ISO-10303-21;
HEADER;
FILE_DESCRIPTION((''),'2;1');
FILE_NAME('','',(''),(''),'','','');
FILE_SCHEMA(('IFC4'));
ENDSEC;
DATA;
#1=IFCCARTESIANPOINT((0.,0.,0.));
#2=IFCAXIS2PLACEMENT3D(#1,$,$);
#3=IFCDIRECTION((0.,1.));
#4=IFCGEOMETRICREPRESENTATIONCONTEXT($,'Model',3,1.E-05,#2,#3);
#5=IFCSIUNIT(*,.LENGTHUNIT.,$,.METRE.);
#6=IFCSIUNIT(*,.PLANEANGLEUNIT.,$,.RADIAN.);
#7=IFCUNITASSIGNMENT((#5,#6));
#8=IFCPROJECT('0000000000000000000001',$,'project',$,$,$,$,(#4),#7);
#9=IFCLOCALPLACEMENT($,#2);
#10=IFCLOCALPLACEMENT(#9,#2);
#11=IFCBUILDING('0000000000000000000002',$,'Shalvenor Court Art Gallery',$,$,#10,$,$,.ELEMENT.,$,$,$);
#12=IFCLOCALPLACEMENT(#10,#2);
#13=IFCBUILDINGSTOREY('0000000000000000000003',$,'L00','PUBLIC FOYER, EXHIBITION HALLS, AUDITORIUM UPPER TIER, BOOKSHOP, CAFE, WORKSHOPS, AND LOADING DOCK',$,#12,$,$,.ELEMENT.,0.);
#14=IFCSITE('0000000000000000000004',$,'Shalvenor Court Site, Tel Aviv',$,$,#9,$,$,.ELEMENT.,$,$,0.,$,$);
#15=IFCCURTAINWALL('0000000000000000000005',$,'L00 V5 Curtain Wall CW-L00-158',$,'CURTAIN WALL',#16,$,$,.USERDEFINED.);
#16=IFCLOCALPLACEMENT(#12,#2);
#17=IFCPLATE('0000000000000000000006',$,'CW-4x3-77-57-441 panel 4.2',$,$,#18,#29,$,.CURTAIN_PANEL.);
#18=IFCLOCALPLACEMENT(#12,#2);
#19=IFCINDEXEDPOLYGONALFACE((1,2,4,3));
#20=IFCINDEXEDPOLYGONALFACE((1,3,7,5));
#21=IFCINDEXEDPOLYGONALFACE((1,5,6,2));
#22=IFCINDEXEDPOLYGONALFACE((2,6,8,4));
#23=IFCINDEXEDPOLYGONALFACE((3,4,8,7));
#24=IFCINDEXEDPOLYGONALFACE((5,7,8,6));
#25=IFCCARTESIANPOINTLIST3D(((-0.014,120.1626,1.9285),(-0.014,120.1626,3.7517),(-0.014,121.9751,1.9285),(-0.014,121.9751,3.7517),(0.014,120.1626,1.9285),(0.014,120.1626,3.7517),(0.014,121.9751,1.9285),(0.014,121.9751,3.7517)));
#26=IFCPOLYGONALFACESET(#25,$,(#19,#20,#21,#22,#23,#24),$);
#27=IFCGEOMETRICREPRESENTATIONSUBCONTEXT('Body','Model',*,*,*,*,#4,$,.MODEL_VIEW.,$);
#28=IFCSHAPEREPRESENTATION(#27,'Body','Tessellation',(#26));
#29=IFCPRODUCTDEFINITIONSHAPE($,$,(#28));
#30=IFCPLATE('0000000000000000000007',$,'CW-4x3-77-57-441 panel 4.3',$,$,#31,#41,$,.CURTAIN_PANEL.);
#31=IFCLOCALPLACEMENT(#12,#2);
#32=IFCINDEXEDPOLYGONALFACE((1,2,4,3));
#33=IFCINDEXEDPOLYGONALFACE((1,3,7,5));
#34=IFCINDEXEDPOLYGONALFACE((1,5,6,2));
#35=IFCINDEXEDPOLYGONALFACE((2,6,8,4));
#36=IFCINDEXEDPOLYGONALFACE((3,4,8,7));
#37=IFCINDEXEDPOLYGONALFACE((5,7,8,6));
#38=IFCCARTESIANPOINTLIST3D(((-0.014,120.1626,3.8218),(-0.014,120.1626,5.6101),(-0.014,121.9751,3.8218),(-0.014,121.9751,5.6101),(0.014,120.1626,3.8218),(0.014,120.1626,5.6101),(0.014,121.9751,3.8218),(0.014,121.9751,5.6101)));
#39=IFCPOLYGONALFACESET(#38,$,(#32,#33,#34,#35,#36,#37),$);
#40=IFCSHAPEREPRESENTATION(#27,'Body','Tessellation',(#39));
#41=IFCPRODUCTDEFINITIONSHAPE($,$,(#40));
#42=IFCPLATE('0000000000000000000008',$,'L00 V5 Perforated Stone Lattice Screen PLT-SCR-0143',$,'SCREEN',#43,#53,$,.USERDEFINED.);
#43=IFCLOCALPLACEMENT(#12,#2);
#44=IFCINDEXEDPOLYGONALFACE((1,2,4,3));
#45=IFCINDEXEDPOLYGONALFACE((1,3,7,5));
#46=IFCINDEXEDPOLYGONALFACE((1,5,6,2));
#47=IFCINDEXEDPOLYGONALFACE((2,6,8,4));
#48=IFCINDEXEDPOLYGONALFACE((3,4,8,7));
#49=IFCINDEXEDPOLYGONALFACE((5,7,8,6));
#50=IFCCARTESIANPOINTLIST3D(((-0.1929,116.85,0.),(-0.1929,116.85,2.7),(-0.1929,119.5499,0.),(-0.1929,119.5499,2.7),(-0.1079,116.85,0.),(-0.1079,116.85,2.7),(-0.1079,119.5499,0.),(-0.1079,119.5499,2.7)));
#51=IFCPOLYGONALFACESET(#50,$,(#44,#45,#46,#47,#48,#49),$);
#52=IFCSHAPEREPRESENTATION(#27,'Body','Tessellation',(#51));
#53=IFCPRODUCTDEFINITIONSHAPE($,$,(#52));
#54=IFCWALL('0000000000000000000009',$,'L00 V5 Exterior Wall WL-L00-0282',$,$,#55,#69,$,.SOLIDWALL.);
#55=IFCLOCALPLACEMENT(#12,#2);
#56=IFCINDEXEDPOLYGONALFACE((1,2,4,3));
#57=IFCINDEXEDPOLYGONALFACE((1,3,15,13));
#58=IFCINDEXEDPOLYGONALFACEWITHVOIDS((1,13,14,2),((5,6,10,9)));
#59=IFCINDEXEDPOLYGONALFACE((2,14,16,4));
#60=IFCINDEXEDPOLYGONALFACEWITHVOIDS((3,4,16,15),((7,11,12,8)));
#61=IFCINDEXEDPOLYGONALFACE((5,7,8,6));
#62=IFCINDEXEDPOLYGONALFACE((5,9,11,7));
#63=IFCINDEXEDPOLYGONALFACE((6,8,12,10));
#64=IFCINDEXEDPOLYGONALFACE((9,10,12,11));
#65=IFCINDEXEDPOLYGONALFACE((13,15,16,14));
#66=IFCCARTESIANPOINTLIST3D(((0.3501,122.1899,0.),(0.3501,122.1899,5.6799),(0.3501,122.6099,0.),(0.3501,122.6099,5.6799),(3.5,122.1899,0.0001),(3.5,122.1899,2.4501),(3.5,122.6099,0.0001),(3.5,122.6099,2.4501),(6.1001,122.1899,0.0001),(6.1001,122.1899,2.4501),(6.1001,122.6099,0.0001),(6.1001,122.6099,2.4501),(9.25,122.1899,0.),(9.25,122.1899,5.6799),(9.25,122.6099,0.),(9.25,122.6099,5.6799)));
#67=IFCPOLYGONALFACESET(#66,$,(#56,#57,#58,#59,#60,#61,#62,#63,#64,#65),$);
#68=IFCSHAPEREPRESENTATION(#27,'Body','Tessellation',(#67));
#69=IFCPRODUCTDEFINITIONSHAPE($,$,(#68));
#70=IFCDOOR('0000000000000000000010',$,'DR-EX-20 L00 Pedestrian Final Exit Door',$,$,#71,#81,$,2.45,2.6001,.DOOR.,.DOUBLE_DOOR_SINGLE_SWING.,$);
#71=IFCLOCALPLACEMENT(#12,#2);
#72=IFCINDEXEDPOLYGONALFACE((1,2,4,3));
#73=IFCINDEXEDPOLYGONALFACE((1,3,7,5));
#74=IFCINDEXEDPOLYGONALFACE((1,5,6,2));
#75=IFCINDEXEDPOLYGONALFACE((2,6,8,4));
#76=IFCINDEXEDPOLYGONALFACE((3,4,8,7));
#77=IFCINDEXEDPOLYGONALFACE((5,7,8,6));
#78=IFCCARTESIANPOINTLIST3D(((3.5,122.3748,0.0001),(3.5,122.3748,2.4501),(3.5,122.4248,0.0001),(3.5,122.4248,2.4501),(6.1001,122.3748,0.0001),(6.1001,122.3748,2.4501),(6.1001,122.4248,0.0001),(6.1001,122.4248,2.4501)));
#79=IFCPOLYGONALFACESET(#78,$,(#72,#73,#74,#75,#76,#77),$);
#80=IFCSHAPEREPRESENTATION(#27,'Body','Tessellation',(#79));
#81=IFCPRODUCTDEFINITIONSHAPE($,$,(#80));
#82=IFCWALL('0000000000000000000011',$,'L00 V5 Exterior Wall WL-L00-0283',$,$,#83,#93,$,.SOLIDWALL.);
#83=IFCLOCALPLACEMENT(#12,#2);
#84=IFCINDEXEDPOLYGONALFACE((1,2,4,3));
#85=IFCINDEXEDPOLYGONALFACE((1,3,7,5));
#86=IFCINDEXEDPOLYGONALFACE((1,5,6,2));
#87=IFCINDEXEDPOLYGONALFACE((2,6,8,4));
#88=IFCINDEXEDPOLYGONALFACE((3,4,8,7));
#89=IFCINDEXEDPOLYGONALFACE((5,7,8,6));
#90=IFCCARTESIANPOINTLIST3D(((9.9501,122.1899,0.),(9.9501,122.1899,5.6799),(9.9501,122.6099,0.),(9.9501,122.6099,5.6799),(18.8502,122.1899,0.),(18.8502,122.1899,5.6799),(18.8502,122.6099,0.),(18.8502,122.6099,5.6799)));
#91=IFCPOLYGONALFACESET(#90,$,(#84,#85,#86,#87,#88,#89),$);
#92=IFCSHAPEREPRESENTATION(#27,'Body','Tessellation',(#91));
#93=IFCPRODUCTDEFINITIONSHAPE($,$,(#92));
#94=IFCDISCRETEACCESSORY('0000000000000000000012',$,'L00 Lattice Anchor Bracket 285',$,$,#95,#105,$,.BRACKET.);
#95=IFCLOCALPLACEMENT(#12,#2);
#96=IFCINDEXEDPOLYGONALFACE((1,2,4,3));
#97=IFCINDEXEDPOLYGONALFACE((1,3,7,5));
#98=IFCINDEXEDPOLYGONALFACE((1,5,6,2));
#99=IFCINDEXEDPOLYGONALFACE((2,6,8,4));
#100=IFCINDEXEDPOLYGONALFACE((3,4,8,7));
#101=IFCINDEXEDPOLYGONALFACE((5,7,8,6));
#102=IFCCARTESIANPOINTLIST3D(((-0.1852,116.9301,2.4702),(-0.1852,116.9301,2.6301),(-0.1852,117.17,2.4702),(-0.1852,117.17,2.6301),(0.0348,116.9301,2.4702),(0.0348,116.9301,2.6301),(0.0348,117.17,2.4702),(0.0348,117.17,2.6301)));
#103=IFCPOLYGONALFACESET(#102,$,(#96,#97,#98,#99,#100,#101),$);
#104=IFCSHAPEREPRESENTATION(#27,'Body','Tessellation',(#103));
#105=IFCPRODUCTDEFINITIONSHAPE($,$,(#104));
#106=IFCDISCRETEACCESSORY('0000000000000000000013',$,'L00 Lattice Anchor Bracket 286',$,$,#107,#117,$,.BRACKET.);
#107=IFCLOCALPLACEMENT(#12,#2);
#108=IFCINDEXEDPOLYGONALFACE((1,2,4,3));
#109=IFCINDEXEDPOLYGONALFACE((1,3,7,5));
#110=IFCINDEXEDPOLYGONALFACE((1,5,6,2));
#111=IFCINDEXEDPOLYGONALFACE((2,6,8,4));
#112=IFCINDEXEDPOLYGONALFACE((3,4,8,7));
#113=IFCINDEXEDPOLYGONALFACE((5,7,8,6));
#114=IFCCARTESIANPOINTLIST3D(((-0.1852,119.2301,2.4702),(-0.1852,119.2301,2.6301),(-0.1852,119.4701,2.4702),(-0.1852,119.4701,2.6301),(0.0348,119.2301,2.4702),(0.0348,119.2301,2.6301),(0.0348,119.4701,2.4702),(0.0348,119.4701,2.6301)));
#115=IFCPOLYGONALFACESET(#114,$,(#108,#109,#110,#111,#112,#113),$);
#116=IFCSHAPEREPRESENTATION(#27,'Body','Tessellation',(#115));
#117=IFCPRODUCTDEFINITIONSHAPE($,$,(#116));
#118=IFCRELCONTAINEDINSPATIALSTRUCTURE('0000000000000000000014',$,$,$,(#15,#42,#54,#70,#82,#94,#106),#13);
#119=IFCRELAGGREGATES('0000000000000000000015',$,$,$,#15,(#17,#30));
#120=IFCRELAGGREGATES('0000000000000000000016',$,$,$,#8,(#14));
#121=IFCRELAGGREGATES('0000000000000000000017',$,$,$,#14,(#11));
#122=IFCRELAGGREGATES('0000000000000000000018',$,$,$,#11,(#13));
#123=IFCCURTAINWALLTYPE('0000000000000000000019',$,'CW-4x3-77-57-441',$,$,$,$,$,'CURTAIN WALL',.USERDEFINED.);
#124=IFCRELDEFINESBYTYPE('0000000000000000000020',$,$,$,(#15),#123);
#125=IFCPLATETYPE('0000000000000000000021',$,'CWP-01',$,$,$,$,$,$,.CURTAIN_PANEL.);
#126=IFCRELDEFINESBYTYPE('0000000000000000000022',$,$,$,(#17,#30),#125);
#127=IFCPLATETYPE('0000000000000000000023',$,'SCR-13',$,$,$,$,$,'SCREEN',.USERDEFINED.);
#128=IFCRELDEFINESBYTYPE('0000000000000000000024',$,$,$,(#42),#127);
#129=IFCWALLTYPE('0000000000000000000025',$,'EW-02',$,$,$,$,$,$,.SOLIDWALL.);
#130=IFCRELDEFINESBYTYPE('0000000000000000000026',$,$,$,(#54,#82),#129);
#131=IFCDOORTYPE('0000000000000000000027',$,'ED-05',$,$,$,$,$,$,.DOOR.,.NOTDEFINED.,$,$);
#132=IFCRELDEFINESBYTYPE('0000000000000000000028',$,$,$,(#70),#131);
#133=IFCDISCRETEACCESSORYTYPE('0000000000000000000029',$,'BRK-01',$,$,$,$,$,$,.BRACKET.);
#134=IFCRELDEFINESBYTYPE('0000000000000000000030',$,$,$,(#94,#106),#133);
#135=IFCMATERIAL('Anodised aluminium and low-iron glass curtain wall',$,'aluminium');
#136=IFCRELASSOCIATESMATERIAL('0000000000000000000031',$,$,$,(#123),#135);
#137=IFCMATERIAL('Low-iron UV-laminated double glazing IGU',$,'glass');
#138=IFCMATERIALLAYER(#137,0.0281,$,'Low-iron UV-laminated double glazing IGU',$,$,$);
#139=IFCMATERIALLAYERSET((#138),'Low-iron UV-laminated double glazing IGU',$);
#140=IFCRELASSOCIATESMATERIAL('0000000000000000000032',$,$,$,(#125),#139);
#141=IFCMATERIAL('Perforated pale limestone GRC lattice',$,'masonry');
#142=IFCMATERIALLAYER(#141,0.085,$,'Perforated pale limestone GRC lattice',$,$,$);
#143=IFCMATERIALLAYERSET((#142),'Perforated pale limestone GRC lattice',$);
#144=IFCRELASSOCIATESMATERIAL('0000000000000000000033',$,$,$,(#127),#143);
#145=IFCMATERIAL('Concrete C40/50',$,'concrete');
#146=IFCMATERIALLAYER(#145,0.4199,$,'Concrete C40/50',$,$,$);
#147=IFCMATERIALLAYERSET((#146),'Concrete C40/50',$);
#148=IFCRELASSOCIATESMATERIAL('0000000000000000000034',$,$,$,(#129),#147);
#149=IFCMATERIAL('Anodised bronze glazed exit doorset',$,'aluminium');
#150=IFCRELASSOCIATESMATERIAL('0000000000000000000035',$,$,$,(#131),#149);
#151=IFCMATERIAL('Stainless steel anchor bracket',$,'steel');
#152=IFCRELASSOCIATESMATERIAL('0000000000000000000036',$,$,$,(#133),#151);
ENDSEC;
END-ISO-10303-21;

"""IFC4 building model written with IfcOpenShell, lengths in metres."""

from ifc_helpers import new_model, si_unit, direction, frame, frame_2d, origin, origin_2d, place, context, subcontext, project, spatial, rectangle, extrude, material, layer, layer_set, type_object, element, fill, aggregate, save


model = new_model("IFC4")

# Units and contexts
model_context = context("Model", 3, precision=1e-05, world=origin(), true_north=direction((0.0, 1.0)))
body_context = subcontext(model_context, "Body", "Model", "MODEL_VIEW")
ifc_project = project(units=[si_unit("LENGTHUNIT", "METRE"), si_unit("PLANEANGLEUNIT", "RADIAN")], contexts=[model_context])

# Site, building, storey
site_placement = place(None, origin())
site = spatial("IfcSite", under=ifc_project, at=site_placement, Name="Shalvenor Court Site, Tel Aviv", CompositionType="ELEMENT", RefElevation=0.0)
building_placement = place(site_placement, origin())
building = spatial("IfcBuilding", under=site, at=building_placement, Name="Shalvenor Court Art Gallery", CompositionType="ELEMENT")
storey_placement = place(building_placement, origin())
storey = spatial("IfcBuildingStorey", under=building, at=storey_placement, Name="L00", Description="PUBLIC FOYER, EXHIBITION HALLS, AUDITORIUM UPPER TIER, BOOKSHOP, CAFE, WORKSHOPS, AND LOADING DOCK", CompositionType="ELEMENT", Elevation=0.0)

# Curtain wall
ifc_material_1 = material(Name="Anodised aluminium and low-iron glass curtain wall", Category="aluminium")
curtain_wall_type = type_object("IfcCurtainWallType", Name="CW-4x3-77-57-441", ElementType="CURTAIN WALL", PredefinedType="USERDEFINED", material=ifc_material_1)
curtain_wall_placement = place(storey_placement, origin())
curtain_wall = element("IfcCurtainWall", 1, at=curtain_wall_placement, inside=storey, type_object=curtain_wall_type, Name="L00 V5 Curtain Wall CW-L00-158", ObjectType="CURTAIN WALL", PredefinedType="USERDEFINED")

# Plates
ifc_material_2 = material(Name="Low-iron UV-laminated double glazing IGU", Category="glass")
ifc_layer_1 = layer(ifc_material_2, 0.0281, Name="Low-iron UV-laminated double glazing IGU")
ifc_layer_set_1 = layer_set([ifc_layer_1], Name="Low-iron UV-laminated double glazing IGU")
plate_type_1 = type_object("IfcPlateType", Name="CWP-01", PredefinedType="CURTAIN_PANEL", material=ifc_layer_set_1)
plate_1_placement = place(storey_placement, frame((0.0, 121.0688, 1.9285), z_axis=(0.0, 0.0, 1.0), x_axis=(0.0, 1.0, 0.0)))
plate_1 = element("IfcPlate", 2, at=plate_1_placement, type_object=plate_type_1, Name="CW-4x3-77-57-441 panel 4.2", PredefinedType="CURTAIN_PANEL", context=body_context, shape_type="SweptSolid", body=[
    extrude(rectangle(XDim=1.8125, YDim=0.0281, at=origin_2d()), origin(), (0.0, 0.0, 1.0), 1.8232),
])
plate_2_placement = place(storey_placement, frame((0.0, 121.0688, 3.8218), z_axis=(0.0, 0.0, 1.0), x_axis=(0.0, 1.0, 0.0)))
plate_2 = element("IfcPlate", 3, at=plate_2_placement, type_object=plate_type_1, Name="CW-4x3-77-57-441 panel 4.3", PredefinedType="CURTAIN_PANEL", context=body_context, shape_type="SweptSolid", body=[
    extrude(rectangle(XDim=1.8125, YDim=0.0281, at=origin_2d()), origin(), (0.0, 0.0, 1.0), 1.7883),
])
aggregate(curtain_wall, [plate_1, plate_2])
ifc_material_3 = material(Name="Perforated pale limestone GRC lattice", Category="masonry")
ifc_layer_2 = layer(ifc_material_3, 0.085, Name="Perforated pale limestone GRC lattice")
ifc_layer_set_2 = layer_set([ifc_layer_2], Name="Perforated pale limestone GRC lattice")
plate_type_2 = type_object("IfcPlateType", Name="SCR-13", ElementType="SCREEN", PredefinedType="USERDEFINED", material=ifc_layer_set_2)
plate_3_placement = place(storey_placement, frame((-0.1504, 118.2, 0.0), z_axis=(0.0, 0.0, 1.0), x_axis=(0.0, 1.0, 0.0)))
element("IfcPlate", 4, at=plate_3_placement, inside=storey, type_object=plate_type_2, Name="L00 V5 Perforated Stone Lattice Screen PLT-SCR-0143", ObjectType="SCREEN", PredefinedType="USERDEFINED", context=body_context, shape_type="SweptSolid", body=[
    extrude(rectangle(XDim=2.7, YDim=0.085, at=origin_2d()), origin(), (0.0, 0.0, 1.0), 2.7),
])

# Wall, opening, door
ifc_material_4 = material(Name="Concrete C40/50", Category="concrete")
ifc_layer_3 = layer(ifc_material_4, 0.4199, Name="Concrete C40/50")
ifc_layer_set_3 = layer_set([ifc_layer_3], Name="Concrete C40/50")
wall_type = type_object("IfcWallType", Name="EW-02", PredefinedType="SOLIDWALL", material=ifc_layer_set_3)
wall_1_placement = place(storey_placement, frame((0.3501, 122.3999, 0.0), z_axis=(0.0, 0.0, 1.0), x_axis=(1.0, 0.0, 0.0)))
wall_1 = element("IfcWall", 5, at=wall_1_placement, inside=storey, type_object=wall_type, Name="L00 V5 Exterior Wall WL-L00-0282", PredefinedType="SOLIDWALL", context=body_context, shape_type="SweptSolid", body=[
    extrude(rectangle(XDim=8.8999, YDim=0.4199, at=frame_2d((4.45, 0.0))), origin(), (0.0, 0.0, 1.0), 5.6799),
])
opening_placement = place(wall_1_placement, frame((3.1499, 0.0, 0.0)))
opening = element("IfcOpeningElement", 6, at=opening_placement, cuts=wall_1, PredefinedType="OPENING", context=body_context, shape_type="SweptSolid", body=[
    extrude(rectangle(XDim=2.6001, YDim=2.45, at=frame_2d((1.3, 1.2251))), frame((0.0, 0.22, 0.0), z_axis=(0.0, -1.0, 0.0), x_axis=(1.0, 0.0, 0.0)), (0.0, 0.0, 1.0), 0.4399),
])
ifc_material_5 = material(Name="Anodised bronze glazed exit doorset", Category="aluminium")
door_type = type_object("IfcDoorType", Name="ED-05", OperationType="NOTDEFINED", PredefinedType="DOOR", material=ifc_material_5)
door_placement = place(opening_placement, origin())
door = element("IfcDoor", 7, at=door_placement, inside=storey, type_object=door_type, Name="DR-EX-20 L00 Pedestrian Final Exit Door", OperationType="DOUBLE_DOOR_SINGLE_SWING", OverallHeight=2.45, OverallWidth=2.6001, PredefinedType="DOOR", context=body_context, shape_type="SweptSolid", body=[
    extrude(rectangle(XDim=2.6001, YDim=2.45, at=frame_2d((1.3, 1.2251))), frame((0.0, 0.0249, 0.0), z_axis=(0.0, -1.0, 0.0), x_axis=(1.0, 0.0, 0.0)), (0.0, 0.0, 1.0), 0.05),
])
fill(opening, door)

# Wall
wall_2_placement = place(storey_placement, frame((9.95, 122.3999, 0.0), z_axis=(0.0, 0.0, 1.0), x_axis=(1.0, 0.0, 0.0)))
element("IfcWall", 8, at=wall_2_placement, inside=storey, type_object=wall_type, Name="L00 V5 Exterior Wall WL-L00-0283", PredefinedType="SOLIDWALL", context=body_context, shape_type="SweptSolid", body=[
    extrude(rectangle(XDim=8.9001, YDim=0.4199, at=frame_2d((4.4502, 0.0))), origin(), (0.0, 0.0, 1.0), 5.6799),
])

# Discrete accessories
ifc_material_6 = material(Name="Stainless steel anchor bracket", Category="steel")
discrete_accessory_type = type_object("IfcDiscreteAccessoryType", Name="BRK-01", PredefinedType="BRACKET", material=ifc_material_6)
for number, where, z_axis, x_axis, name in (
    (9, (-0.0752, 117.05, 2.4702), (0.0, 0.0, 1.0), (0.0, 1.0, 0.0), "L00 Lattice Anchor Bracket 285"),
    (10, (-0.0752, 119.3501, 2.4702), (0.0, 0.0, 1.0), (0.0, 1.0, 0.0), "L00 Lattice Anchor Bracket 286"),
):
    element("IfcDiscreteAccessory", number, at=place(storey_placement, frame(where, z_axis=z_axis, x_axis=x_axis)), inside=storey, type_object=discrete_accessory_type, Name=name, PredefinedType="BRACKET", context=body_context, shape_type="SweptSolid", body=[
        extrude(rectangle(XDim=0.24, YDim=0.22, at=origin_2d()), origin(), (0.0, 0.0, 1.0), 0.1599),
    ])

save(model, "model.ifc")
